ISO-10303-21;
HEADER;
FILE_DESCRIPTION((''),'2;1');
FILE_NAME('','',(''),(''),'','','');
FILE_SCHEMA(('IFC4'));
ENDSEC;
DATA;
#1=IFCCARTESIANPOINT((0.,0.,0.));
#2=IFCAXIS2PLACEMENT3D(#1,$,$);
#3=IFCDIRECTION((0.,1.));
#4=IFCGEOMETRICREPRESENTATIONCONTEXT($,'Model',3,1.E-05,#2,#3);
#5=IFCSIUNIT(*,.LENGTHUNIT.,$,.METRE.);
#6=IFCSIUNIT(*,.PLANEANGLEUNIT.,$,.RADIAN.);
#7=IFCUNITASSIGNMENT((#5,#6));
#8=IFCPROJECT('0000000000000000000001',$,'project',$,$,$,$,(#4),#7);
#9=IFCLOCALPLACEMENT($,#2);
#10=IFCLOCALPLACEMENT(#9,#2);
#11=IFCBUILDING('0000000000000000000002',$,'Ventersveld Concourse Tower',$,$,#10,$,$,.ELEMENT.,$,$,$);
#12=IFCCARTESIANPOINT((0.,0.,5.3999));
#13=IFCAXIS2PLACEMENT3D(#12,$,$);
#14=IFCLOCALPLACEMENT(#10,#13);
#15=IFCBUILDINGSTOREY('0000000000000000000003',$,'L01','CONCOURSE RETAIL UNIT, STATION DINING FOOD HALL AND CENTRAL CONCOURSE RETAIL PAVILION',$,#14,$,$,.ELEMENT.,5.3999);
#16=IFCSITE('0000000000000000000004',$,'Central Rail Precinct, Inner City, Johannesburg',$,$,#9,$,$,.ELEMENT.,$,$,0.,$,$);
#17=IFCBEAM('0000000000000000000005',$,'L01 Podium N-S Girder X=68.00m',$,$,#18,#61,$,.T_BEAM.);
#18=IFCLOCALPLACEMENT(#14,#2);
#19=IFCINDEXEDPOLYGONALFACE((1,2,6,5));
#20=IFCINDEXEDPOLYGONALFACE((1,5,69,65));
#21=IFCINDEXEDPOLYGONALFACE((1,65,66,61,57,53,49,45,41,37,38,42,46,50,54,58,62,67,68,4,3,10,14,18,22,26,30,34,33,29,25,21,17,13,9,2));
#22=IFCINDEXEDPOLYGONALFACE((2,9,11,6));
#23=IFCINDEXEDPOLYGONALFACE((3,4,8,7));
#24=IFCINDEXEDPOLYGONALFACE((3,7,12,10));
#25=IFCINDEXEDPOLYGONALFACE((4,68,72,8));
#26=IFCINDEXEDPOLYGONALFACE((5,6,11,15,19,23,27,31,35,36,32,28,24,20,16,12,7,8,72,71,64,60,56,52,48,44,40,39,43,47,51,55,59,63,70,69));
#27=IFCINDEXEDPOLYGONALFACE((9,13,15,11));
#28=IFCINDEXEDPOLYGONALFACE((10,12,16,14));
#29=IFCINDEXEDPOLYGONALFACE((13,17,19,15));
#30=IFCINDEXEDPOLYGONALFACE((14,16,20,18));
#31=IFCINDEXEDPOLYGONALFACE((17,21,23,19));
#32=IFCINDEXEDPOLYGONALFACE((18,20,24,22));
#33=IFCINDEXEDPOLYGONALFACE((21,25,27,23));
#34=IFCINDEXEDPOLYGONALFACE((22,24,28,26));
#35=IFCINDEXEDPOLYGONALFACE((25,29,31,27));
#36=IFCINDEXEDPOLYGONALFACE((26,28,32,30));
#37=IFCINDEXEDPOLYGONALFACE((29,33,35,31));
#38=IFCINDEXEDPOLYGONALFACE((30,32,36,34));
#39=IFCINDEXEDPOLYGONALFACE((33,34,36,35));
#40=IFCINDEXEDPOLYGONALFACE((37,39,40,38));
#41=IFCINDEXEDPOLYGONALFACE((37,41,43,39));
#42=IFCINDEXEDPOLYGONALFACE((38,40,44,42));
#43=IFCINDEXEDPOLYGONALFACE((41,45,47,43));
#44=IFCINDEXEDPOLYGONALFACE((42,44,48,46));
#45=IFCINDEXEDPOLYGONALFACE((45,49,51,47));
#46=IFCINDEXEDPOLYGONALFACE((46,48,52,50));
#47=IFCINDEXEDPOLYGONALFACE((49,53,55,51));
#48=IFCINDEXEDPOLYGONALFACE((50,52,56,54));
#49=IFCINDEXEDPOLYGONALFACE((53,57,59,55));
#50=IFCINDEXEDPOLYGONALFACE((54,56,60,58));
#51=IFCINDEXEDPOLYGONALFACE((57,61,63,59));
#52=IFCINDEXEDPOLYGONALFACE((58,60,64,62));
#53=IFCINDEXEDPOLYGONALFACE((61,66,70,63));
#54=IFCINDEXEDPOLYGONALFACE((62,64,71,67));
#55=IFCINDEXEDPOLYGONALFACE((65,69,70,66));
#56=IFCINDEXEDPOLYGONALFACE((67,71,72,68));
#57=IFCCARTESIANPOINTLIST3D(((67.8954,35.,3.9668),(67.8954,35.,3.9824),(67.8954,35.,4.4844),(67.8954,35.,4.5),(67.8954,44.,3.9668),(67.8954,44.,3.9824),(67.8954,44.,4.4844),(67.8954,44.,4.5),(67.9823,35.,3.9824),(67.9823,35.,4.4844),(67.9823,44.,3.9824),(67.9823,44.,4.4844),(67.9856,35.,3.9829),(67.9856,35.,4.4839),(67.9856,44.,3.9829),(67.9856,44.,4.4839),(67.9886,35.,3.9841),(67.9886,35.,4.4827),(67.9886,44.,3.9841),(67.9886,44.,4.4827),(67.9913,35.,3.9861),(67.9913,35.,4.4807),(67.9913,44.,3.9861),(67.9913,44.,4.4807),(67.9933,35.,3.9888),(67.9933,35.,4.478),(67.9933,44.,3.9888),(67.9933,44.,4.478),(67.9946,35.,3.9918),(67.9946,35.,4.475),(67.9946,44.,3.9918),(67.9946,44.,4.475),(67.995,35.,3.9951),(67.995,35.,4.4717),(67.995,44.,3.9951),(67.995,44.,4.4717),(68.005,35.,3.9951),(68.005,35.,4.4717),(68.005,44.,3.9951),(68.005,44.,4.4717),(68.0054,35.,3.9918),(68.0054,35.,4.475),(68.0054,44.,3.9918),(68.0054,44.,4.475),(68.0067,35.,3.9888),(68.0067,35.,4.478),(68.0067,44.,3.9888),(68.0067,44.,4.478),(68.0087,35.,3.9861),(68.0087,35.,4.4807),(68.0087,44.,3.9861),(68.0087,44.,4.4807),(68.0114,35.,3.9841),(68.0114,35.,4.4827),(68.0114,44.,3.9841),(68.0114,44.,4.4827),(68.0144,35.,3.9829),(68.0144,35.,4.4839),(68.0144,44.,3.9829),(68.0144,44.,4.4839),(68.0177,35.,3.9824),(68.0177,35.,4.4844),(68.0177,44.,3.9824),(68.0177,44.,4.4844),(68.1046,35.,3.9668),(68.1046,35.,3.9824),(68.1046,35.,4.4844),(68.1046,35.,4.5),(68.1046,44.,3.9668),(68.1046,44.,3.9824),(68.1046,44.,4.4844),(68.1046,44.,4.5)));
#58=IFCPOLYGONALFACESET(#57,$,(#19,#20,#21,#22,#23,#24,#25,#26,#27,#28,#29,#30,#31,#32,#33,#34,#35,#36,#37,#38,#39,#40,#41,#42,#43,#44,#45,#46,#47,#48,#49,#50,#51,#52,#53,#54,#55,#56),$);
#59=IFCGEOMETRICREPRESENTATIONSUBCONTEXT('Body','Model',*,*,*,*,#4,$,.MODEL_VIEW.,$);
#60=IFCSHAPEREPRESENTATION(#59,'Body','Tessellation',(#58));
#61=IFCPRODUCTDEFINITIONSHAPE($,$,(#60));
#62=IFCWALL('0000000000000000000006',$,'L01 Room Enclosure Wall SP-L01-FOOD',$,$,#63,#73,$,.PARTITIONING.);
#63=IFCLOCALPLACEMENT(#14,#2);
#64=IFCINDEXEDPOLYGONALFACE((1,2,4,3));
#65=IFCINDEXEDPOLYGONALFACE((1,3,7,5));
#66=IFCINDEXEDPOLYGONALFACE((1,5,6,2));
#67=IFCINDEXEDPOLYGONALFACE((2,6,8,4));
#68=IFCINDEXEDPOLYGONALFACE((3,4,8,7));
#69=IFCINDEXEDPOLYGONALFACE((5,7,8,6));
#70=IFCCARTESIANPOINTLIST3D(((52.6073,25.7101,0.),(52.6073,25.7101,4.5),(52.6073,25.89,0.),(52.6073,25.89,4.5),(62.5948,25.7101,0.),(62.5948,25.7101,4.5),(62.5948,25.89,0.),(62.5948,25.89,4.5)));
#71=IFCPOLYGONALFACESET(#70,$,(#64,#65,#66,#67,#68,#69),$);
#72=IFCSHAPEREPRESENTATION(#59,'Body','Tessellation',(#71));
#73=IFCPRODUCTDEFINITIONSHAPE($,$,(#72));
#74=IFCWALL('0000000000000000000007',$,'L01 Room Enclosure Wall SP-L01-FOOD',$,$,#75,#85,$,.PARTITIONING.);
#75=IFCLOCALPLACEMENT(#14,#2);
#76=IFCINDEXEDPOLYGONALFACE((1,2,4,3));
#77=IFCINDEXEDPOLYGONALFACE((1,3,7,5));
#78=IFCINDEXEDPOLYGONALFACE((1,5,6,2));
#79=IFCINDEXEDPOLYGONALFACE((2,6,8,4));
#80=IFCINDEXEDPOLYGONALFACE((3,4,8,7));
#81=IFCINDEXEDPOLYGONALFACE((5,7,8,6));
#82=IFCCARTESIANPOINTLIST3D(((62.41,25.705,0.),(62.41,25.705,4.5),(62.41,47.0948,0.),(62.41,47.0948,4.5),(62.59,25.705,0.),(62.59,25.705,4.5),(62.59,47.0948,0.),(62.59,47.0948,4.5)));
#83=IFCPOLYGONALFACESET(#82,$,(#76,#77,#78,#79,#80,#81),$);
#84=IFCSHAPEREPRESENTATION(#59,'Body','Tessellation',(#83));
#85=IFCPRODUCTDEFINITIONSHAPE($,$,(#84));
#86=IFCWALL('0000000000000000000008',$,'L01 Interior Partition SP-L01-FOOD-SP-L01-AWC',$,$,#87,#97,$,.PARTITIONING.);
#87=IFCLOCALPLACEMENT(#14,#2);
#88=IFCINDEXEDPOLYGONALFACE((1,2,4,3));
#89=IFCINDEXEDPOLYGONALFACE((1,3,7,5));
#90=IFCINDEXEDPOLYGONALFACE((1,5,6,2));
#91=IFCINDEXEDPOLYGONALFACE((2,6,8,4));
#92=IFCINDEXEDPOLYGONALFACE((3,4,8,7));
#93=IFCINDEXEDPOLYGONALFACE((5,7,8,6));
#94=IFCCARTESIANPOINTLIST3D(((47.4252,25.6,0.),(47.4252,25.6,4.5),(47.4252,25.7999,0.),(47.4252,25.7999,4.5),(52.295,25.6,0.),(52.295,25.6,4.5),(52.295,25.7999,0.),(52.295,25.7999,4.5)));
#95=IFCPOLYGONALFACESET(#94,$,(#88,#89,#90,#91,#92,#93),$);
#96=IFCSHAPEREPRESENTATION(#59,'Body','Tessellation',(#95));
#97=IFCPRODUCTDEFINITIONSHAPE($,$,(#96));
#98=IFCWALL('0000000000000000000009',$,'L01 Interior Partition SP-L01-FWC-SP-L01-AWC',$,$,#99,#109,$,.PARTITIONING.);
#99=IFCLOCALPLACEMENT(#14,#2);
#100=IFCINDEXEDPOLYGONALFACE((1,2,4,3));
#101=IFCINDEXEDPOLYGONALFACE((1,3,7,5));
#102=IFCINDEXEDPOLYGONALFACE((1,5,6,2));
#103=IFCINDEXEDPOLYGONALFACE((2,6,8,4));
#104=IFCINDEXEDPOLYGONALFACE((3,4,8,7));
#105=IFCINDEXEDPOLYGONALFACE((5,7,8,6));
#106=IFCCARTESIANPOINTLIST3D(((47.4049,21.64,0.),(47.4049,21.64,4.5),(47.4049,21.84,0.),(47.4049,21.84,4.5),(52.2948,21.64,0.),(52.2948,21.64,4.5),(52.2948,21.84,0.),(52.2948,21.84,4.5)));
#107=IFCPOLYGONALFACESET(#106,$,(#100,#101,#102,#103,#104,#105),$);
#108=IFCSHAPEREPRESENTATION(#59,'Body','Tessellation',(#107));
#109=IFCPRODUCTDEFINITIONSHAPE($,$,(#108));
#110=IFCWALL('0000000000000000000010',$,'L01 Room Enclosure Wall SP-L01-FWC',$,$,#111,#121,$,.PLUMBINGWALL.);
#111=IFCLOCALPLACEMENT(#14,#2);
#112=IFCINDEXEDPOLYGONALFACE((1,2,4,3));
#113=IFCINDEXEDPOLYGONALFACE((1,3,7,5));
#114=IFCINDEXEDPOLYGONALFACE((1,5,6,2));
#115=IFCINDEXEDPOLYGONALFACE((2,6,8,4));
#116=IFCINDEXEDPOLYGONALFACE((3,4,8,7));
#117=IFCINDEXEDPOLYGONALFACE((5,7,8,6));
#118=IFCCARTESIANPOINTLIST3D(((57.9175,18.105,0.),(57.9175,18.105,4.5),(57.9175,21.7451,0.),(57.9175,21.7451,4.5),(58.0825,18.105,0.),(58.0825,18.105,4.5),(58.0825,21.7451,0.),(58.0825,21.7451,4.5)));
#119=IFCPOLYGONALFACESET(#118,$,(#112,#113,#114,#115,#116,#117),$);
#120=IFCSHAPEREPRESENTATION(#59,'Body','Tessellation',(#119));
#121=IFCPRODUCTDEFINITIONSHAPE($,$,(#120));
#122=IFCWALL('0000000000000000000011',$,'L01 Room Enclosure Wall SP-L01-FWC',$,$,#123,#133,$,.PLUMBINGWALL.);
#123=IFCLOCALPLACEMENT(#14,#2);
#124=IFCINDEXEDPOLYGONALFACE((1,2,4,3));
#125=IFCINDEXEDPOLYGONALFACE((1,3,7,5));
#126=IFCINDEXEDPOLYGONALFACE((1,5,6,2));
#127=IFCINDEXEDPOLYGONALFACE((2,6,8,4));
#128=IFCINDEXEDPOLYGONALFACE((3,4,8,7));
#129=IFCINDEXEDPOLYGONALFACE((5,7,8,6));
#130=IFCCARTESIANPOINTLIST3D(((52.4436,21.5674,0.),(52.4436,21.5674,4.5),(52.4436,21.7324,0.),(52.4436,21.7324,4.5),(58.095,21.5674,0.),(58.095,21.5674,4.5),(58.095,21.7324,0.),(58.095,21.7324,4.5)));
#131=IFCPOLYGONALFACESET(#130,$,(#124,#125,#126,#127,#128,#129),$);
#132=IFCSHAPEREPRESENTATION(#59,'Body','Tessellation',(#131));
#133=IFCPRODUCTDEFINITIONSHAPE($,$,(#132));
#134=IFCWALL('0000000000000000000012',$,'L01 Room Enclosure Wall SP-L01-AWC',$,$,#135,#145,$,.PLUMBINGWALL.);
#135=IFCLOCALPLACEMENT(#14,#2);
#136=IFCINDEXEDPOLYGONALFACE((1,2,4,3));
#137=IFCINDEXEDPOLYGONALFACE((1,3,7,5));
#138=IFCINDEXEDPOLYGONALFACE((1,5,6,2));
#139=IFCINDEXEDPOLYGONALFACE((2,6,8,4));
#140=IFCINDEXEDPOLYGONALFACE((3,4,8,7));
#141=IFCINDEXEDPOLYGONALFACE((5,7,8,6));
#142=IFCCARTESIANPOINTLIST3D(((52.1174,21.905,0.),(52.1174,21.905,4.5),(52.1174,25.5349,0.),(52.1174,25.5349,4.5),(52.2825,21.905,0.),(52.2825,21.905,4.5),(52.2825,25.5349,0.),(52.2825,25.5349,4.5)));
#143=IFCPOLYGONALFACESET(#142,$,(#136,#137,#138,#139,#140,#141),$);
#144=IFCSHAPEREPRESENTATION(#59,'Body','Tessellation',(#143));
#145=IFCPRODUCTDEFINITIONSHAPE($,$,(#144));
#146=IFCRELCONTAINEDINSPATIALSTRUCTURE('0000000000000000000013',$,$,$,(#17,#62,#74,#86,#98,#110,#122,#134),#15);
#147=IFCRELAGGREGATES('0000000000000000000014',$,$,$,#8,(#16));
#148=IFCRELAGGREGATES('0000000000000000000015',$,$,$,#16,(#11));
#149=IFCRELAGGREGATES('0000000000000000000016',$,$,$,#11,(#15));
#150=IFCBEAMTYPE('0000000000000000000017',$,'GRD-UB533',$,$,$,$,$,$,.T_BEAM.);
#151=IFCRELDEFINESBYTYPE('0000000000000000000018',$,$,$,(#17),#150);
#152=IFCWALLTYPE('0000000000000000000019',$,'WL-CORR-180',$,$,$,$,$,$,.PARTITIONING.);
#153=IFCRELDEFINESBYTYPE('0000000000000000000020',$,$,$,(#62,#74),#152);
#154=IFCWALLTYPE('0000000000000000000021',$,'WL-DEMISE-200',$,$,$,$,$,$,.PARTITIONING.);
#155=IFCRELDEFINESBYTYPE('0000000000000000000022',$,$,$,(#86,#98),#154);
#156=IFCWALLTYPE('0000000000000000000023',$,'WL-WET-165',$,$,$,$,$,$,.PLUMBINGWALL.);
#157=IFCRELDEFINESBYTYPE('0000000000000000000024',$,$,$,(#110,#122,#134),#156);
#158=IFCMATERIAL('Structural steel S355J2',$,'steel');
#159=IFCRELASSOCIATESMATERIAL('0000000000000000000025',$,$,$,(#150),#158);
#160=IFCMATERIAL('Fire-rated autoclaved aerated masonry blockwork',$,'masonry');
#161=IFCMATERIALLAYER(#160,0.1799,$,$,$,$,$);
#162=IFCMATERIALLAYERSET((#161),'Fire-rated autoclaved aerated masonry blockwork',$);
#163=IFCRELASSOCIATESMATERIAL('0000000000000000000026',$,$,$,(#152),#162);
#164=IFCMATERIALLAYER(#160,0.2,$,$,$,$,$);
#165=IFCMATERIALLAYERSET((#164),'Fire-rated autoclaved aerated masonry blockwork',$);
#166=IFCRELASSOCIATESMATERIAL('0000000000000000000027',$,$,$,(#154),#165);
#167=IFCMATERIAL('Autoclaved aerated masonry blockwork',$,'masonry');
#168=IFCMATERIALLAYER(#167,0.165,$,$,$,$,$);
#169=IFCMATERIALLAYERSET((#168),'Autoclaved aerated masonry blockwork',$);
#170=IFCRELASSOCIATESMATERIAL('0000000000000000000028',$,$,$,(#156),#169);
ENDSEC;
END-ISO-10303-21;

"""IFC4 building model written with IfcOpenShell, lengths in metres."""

from ifc_helpers import new_model, si_unit, direction, frame, frame_2d, origin, origin_2d, place, context, subcontext, project, spatial, rectangle, i_section, extrude, material, layer, layer_set, material_profile, profile_set, type_object, element, save


model = new_model("IFC4")

# Units and contexts
model_context = context("Model", 3, precision=1e-05, world=origin(), true_north=direction((0.0, 1.0)))
body_context = subcontext(model_context, "Body", "Model", "MODEL_VIEW")
ifc_project = project(units=[si_unit("LENGTHUNIT", "METRE"), si_unit("PLANEANGLEUNIT", "RADIAN")], contexts=[model_context])

# Site, building, storey
site_placement = place(None, origin())
site = spatial("IfcSite", under=ifc_project, at=site_placement, Name="Central Rail Precinct, Inner City, Johannesburg", CompositionType="ELEMENT", RefElevation=0.0)
building_placement = place(site_placement, origin())
building = spatial("IfcBuilding", under=site, at=building_placement, Name="Ventersveld Concourse Tower", CompositionType="ELEMENT")
storey_placement = place(building_placement, frame((0.0, 0.0, 5.3999)))
storey = spatial("IfcBuildingStorey", under=building, at=storey_placement, Name="L01", Description="CONCOURSE RETAIL UNIT, STATION DINING FOOD HALL AND CENTRAL CONCOURSE RETAIL PAVILION", CompositionType="ELEMENT", Elevation=5.3999)

# Beam
ifc_material_1 = material(Name="Structural steel S355J2", Category="steel")
ifc_material_profile_1 = material_profile(ifc_material_1, i_section(OverallWidth=0.2092, OverallDepth=0.5332, WebThickness=0.01, FlangeThickness=0.0156, FilletRadius=0.0127, at=origin_2d()), Name="UB 533x210x92")
ifc_profile_set_1 = profile_set([ifc_material_profile_1], Name="Structural steel S355J2")
beam_type_1 = type_object("IfcBeamType", Name="GRD-UB533", PredefinedType="T_BEAM", material=ifc_profile_set_1)
beam_1_placement = place(storey_placement, frame((68.0, 35.0, 4.2334), z_axis=(0.0, 1.0, 0.0), x_axis=(-1.0, 0.0, 0.0)))
element("IfcBeam", 1, at=beam_1_placement, inside=storey, type_object=beam_type_1, Name="L01 Podium N-S Girder X=68.00m", PredefinedType="T_BEAM", context=body_context, shape_type="SweptSolid", body=[
    extrude(i_section(OverallWidth=0.2092, OverallDepth=0.5332, WebThickness=0.01, FlangeThickness=0.0156, FilletRadius=0.0127, at=origin_2d()), origin(), (0.0, 0.0, 1.0), 9.0),
])

# Shared definitions
ifc_material_2 = material(Name="Fire-rated autoclaved aerated masonry blockwork", Category="masonry")
ifc_layer_1 = layer(ifc_material_2, 0.1799)
ifc_layer_set_1 = layer_set([ifc_layer_1], Name="Fire-rated autoclaved aerated masonry blockwork")
wall_type_1 = type_object("IfcWallType", Name="WL-CORR-180", PredefinedType="PARTITIONING", material=ifc_layer_set_1)

# Walls
wall_1_placement = place(storey_placement, frame((52.6074, 25.8, 0.0), z_axis=(0.0, 0.0, 1.0), x_axis=(1.0, 0.0, 0.0)))
element("IfcWall", 2, at=wall_1_placement, inside=storey, type_object=wall_type_1, Name="L01 Room Enclosure Wall SP-L01-FOOD", PredefinedType="PARTITIONING", context=body_context, shape_type="SweptSolid", body=[
    extrude(rectangle(XDim=9.9875, YDim=0.1799, at=frame_2d((4.9937, 0.0))), origin(), (0.0, 0.0, 1.0), 4.5),
])
wall_2_placement = place(storey_placement, frame((62.5, 25.7051, 0.0), z_axis=(0.0, 0.0, 1.0), x_axis=(0.0, 1.0, 0.0)))
element("IfcWall", 3, at=wall_2_placement, inside=storey, type_object=wall_type_1, Name="L01 Room Enclosure Wall SP-L01-FOOD", PredefinedType="PARTITIONING", context=body_context, shape_type="SweptSolid", body=[
    extrude(rectangle(XDim=21.3899, YDim=0.1799, at=frame_2d((10.6948, 0.0))), origin(), (0.0, 0.0, 1.0), 4.5),
])
ifc_layer_2 = layer(ifc_material_2, 0.2)
ifc_layer_set_2 = layer_set([ifc_layer_2], Name="Fire-rated autoclaved aerated masonry blockwork")
wall_type_2 = type_object("IfcWallType", Name="WL-DEMISE-200", PredefinedType="PARTITIONING", material=ifc_layer_set_2)
wall_3_placement = place(storey_placement, frame((47.425, 25.7, 0.0), z_axis=(0.0, 0.0, 1.0), x_axis=(1.0, 0.0, 0.0)))
element("IfcWall", 4, at=wall_3_placement, inside=storey, type_object=wall_type_2, Name="L01 Interior Partition SP-L01-FOOD-SP-L01-AWC", PredefinedType="PARTITIONING", context=body_context, shape_type="SweptSolid", body=[
    extrude(rectangle(XDim=4.8699, YDim=0.2, at=frame_2d((2.4351, 0.0))), origin(), (0.0, 0.0, 1.0), 4.5),
])
wall_4_placement = place(storey_placement, frame((47.405, 21.74, 0.0), z_axis=(0.0, 0.0, 1.0), x_axis=(1.0, 0.0, 0.0)))
element("IfcWall", 5, at=wall_4_placement, inside=storey, type_object=wall_type_2, Name="L01 Interior Partition SP-L01-FWC-SP-L01-AWC", PredefinedType="PARTITIONING", context=body_context, shape_type="SweptSolid", body=[
    extrude(rectangle(XDim=4.8899, YDim=0.2, at=frame_2d((2.4448, 0.0))), origin(), (0.0, 0.0, 1.0), 4.5),
])
ifc_material_3 = material(Name="Autoclaved aerated masonry blockwork", Category="masonry")
ifc_layer_3 = layer(ifc_material_3, 0.165)
ifc_layer_set_3 = layer_set([ifc_layer_3], Name="Autoclaved aerated masonry blockwork")
wall_type_3 = type_object("IfcWallType", Name="WL-WET-165", PredefinedType="PLUMBINGWALL", material=ifc_layer_set_3)
wall_5_placement = place(storey_placement, frame((58.0, 18.105, 0.0), z_axis=(0.0, 0.0, 1.0), x_axis=(0.0, 1.0, 0.0)))
element("IfcWall", 6, at=wall_5_placement, inside=storey, type_object=wall_type_3, Name="L01 Room Enclosure Wall SP-L01-FWC", PredefinedType="PLUMBINGWALL", context=body_context, shape_type="SweptSolid", body=[
    extrude(rectangle(XDim=3.6401, YDim=0.165, at=frame_2d((1.8201, 0.0))), origin(), (0.0, 0.0, 1.0), 4.5),
])
wall_6_placement = place(storey_placement, frame((58.095, 21.6499, 0.0), z_axis=(0.0, 0.0, 1.0), x_axis=(-1.0, 0.0, 0.0)))
element("IfcWall", 7, at=wall_6_placement, inside=storey, type_object=wall_type_3, Name="L01 Room Enclosure Wall SP-L01-FWC", PredefinedType="PLUMBINGWALL", context=body_context, shape_type="SweptSolid", body=[
    extrude(rectangle(XDim=5.6514, YDim=0.165, at=frame_2d((2.8257, 0.0))), origin(), (0.0, 0.0, 1.0), 4.5),
])
wall_7_placement = place(storey_placement, frame((52.2, 21.905, 0.0), z_axis=(0.0, 0.0, 1.0), x_axis=(0.0, 1.0, 0.0)))
element("IfcWall", 8, at=wall_7_placement, inside=storey, type_object=wall_type_3, Name="L01 Room Enclosure Wall SP-L01-AWC", PredefinedType="PLUMBINGWALL", context=body_context, shape_type="SweptSolid", body=[
    extrude(rectangle(XDim=3.6299, YDim=0.165, at=frame_2d((1.8149, 0.0))), origin(), (0.0, 0.0, 1.0), 4.5),
])

save(model, "model.ifc")
